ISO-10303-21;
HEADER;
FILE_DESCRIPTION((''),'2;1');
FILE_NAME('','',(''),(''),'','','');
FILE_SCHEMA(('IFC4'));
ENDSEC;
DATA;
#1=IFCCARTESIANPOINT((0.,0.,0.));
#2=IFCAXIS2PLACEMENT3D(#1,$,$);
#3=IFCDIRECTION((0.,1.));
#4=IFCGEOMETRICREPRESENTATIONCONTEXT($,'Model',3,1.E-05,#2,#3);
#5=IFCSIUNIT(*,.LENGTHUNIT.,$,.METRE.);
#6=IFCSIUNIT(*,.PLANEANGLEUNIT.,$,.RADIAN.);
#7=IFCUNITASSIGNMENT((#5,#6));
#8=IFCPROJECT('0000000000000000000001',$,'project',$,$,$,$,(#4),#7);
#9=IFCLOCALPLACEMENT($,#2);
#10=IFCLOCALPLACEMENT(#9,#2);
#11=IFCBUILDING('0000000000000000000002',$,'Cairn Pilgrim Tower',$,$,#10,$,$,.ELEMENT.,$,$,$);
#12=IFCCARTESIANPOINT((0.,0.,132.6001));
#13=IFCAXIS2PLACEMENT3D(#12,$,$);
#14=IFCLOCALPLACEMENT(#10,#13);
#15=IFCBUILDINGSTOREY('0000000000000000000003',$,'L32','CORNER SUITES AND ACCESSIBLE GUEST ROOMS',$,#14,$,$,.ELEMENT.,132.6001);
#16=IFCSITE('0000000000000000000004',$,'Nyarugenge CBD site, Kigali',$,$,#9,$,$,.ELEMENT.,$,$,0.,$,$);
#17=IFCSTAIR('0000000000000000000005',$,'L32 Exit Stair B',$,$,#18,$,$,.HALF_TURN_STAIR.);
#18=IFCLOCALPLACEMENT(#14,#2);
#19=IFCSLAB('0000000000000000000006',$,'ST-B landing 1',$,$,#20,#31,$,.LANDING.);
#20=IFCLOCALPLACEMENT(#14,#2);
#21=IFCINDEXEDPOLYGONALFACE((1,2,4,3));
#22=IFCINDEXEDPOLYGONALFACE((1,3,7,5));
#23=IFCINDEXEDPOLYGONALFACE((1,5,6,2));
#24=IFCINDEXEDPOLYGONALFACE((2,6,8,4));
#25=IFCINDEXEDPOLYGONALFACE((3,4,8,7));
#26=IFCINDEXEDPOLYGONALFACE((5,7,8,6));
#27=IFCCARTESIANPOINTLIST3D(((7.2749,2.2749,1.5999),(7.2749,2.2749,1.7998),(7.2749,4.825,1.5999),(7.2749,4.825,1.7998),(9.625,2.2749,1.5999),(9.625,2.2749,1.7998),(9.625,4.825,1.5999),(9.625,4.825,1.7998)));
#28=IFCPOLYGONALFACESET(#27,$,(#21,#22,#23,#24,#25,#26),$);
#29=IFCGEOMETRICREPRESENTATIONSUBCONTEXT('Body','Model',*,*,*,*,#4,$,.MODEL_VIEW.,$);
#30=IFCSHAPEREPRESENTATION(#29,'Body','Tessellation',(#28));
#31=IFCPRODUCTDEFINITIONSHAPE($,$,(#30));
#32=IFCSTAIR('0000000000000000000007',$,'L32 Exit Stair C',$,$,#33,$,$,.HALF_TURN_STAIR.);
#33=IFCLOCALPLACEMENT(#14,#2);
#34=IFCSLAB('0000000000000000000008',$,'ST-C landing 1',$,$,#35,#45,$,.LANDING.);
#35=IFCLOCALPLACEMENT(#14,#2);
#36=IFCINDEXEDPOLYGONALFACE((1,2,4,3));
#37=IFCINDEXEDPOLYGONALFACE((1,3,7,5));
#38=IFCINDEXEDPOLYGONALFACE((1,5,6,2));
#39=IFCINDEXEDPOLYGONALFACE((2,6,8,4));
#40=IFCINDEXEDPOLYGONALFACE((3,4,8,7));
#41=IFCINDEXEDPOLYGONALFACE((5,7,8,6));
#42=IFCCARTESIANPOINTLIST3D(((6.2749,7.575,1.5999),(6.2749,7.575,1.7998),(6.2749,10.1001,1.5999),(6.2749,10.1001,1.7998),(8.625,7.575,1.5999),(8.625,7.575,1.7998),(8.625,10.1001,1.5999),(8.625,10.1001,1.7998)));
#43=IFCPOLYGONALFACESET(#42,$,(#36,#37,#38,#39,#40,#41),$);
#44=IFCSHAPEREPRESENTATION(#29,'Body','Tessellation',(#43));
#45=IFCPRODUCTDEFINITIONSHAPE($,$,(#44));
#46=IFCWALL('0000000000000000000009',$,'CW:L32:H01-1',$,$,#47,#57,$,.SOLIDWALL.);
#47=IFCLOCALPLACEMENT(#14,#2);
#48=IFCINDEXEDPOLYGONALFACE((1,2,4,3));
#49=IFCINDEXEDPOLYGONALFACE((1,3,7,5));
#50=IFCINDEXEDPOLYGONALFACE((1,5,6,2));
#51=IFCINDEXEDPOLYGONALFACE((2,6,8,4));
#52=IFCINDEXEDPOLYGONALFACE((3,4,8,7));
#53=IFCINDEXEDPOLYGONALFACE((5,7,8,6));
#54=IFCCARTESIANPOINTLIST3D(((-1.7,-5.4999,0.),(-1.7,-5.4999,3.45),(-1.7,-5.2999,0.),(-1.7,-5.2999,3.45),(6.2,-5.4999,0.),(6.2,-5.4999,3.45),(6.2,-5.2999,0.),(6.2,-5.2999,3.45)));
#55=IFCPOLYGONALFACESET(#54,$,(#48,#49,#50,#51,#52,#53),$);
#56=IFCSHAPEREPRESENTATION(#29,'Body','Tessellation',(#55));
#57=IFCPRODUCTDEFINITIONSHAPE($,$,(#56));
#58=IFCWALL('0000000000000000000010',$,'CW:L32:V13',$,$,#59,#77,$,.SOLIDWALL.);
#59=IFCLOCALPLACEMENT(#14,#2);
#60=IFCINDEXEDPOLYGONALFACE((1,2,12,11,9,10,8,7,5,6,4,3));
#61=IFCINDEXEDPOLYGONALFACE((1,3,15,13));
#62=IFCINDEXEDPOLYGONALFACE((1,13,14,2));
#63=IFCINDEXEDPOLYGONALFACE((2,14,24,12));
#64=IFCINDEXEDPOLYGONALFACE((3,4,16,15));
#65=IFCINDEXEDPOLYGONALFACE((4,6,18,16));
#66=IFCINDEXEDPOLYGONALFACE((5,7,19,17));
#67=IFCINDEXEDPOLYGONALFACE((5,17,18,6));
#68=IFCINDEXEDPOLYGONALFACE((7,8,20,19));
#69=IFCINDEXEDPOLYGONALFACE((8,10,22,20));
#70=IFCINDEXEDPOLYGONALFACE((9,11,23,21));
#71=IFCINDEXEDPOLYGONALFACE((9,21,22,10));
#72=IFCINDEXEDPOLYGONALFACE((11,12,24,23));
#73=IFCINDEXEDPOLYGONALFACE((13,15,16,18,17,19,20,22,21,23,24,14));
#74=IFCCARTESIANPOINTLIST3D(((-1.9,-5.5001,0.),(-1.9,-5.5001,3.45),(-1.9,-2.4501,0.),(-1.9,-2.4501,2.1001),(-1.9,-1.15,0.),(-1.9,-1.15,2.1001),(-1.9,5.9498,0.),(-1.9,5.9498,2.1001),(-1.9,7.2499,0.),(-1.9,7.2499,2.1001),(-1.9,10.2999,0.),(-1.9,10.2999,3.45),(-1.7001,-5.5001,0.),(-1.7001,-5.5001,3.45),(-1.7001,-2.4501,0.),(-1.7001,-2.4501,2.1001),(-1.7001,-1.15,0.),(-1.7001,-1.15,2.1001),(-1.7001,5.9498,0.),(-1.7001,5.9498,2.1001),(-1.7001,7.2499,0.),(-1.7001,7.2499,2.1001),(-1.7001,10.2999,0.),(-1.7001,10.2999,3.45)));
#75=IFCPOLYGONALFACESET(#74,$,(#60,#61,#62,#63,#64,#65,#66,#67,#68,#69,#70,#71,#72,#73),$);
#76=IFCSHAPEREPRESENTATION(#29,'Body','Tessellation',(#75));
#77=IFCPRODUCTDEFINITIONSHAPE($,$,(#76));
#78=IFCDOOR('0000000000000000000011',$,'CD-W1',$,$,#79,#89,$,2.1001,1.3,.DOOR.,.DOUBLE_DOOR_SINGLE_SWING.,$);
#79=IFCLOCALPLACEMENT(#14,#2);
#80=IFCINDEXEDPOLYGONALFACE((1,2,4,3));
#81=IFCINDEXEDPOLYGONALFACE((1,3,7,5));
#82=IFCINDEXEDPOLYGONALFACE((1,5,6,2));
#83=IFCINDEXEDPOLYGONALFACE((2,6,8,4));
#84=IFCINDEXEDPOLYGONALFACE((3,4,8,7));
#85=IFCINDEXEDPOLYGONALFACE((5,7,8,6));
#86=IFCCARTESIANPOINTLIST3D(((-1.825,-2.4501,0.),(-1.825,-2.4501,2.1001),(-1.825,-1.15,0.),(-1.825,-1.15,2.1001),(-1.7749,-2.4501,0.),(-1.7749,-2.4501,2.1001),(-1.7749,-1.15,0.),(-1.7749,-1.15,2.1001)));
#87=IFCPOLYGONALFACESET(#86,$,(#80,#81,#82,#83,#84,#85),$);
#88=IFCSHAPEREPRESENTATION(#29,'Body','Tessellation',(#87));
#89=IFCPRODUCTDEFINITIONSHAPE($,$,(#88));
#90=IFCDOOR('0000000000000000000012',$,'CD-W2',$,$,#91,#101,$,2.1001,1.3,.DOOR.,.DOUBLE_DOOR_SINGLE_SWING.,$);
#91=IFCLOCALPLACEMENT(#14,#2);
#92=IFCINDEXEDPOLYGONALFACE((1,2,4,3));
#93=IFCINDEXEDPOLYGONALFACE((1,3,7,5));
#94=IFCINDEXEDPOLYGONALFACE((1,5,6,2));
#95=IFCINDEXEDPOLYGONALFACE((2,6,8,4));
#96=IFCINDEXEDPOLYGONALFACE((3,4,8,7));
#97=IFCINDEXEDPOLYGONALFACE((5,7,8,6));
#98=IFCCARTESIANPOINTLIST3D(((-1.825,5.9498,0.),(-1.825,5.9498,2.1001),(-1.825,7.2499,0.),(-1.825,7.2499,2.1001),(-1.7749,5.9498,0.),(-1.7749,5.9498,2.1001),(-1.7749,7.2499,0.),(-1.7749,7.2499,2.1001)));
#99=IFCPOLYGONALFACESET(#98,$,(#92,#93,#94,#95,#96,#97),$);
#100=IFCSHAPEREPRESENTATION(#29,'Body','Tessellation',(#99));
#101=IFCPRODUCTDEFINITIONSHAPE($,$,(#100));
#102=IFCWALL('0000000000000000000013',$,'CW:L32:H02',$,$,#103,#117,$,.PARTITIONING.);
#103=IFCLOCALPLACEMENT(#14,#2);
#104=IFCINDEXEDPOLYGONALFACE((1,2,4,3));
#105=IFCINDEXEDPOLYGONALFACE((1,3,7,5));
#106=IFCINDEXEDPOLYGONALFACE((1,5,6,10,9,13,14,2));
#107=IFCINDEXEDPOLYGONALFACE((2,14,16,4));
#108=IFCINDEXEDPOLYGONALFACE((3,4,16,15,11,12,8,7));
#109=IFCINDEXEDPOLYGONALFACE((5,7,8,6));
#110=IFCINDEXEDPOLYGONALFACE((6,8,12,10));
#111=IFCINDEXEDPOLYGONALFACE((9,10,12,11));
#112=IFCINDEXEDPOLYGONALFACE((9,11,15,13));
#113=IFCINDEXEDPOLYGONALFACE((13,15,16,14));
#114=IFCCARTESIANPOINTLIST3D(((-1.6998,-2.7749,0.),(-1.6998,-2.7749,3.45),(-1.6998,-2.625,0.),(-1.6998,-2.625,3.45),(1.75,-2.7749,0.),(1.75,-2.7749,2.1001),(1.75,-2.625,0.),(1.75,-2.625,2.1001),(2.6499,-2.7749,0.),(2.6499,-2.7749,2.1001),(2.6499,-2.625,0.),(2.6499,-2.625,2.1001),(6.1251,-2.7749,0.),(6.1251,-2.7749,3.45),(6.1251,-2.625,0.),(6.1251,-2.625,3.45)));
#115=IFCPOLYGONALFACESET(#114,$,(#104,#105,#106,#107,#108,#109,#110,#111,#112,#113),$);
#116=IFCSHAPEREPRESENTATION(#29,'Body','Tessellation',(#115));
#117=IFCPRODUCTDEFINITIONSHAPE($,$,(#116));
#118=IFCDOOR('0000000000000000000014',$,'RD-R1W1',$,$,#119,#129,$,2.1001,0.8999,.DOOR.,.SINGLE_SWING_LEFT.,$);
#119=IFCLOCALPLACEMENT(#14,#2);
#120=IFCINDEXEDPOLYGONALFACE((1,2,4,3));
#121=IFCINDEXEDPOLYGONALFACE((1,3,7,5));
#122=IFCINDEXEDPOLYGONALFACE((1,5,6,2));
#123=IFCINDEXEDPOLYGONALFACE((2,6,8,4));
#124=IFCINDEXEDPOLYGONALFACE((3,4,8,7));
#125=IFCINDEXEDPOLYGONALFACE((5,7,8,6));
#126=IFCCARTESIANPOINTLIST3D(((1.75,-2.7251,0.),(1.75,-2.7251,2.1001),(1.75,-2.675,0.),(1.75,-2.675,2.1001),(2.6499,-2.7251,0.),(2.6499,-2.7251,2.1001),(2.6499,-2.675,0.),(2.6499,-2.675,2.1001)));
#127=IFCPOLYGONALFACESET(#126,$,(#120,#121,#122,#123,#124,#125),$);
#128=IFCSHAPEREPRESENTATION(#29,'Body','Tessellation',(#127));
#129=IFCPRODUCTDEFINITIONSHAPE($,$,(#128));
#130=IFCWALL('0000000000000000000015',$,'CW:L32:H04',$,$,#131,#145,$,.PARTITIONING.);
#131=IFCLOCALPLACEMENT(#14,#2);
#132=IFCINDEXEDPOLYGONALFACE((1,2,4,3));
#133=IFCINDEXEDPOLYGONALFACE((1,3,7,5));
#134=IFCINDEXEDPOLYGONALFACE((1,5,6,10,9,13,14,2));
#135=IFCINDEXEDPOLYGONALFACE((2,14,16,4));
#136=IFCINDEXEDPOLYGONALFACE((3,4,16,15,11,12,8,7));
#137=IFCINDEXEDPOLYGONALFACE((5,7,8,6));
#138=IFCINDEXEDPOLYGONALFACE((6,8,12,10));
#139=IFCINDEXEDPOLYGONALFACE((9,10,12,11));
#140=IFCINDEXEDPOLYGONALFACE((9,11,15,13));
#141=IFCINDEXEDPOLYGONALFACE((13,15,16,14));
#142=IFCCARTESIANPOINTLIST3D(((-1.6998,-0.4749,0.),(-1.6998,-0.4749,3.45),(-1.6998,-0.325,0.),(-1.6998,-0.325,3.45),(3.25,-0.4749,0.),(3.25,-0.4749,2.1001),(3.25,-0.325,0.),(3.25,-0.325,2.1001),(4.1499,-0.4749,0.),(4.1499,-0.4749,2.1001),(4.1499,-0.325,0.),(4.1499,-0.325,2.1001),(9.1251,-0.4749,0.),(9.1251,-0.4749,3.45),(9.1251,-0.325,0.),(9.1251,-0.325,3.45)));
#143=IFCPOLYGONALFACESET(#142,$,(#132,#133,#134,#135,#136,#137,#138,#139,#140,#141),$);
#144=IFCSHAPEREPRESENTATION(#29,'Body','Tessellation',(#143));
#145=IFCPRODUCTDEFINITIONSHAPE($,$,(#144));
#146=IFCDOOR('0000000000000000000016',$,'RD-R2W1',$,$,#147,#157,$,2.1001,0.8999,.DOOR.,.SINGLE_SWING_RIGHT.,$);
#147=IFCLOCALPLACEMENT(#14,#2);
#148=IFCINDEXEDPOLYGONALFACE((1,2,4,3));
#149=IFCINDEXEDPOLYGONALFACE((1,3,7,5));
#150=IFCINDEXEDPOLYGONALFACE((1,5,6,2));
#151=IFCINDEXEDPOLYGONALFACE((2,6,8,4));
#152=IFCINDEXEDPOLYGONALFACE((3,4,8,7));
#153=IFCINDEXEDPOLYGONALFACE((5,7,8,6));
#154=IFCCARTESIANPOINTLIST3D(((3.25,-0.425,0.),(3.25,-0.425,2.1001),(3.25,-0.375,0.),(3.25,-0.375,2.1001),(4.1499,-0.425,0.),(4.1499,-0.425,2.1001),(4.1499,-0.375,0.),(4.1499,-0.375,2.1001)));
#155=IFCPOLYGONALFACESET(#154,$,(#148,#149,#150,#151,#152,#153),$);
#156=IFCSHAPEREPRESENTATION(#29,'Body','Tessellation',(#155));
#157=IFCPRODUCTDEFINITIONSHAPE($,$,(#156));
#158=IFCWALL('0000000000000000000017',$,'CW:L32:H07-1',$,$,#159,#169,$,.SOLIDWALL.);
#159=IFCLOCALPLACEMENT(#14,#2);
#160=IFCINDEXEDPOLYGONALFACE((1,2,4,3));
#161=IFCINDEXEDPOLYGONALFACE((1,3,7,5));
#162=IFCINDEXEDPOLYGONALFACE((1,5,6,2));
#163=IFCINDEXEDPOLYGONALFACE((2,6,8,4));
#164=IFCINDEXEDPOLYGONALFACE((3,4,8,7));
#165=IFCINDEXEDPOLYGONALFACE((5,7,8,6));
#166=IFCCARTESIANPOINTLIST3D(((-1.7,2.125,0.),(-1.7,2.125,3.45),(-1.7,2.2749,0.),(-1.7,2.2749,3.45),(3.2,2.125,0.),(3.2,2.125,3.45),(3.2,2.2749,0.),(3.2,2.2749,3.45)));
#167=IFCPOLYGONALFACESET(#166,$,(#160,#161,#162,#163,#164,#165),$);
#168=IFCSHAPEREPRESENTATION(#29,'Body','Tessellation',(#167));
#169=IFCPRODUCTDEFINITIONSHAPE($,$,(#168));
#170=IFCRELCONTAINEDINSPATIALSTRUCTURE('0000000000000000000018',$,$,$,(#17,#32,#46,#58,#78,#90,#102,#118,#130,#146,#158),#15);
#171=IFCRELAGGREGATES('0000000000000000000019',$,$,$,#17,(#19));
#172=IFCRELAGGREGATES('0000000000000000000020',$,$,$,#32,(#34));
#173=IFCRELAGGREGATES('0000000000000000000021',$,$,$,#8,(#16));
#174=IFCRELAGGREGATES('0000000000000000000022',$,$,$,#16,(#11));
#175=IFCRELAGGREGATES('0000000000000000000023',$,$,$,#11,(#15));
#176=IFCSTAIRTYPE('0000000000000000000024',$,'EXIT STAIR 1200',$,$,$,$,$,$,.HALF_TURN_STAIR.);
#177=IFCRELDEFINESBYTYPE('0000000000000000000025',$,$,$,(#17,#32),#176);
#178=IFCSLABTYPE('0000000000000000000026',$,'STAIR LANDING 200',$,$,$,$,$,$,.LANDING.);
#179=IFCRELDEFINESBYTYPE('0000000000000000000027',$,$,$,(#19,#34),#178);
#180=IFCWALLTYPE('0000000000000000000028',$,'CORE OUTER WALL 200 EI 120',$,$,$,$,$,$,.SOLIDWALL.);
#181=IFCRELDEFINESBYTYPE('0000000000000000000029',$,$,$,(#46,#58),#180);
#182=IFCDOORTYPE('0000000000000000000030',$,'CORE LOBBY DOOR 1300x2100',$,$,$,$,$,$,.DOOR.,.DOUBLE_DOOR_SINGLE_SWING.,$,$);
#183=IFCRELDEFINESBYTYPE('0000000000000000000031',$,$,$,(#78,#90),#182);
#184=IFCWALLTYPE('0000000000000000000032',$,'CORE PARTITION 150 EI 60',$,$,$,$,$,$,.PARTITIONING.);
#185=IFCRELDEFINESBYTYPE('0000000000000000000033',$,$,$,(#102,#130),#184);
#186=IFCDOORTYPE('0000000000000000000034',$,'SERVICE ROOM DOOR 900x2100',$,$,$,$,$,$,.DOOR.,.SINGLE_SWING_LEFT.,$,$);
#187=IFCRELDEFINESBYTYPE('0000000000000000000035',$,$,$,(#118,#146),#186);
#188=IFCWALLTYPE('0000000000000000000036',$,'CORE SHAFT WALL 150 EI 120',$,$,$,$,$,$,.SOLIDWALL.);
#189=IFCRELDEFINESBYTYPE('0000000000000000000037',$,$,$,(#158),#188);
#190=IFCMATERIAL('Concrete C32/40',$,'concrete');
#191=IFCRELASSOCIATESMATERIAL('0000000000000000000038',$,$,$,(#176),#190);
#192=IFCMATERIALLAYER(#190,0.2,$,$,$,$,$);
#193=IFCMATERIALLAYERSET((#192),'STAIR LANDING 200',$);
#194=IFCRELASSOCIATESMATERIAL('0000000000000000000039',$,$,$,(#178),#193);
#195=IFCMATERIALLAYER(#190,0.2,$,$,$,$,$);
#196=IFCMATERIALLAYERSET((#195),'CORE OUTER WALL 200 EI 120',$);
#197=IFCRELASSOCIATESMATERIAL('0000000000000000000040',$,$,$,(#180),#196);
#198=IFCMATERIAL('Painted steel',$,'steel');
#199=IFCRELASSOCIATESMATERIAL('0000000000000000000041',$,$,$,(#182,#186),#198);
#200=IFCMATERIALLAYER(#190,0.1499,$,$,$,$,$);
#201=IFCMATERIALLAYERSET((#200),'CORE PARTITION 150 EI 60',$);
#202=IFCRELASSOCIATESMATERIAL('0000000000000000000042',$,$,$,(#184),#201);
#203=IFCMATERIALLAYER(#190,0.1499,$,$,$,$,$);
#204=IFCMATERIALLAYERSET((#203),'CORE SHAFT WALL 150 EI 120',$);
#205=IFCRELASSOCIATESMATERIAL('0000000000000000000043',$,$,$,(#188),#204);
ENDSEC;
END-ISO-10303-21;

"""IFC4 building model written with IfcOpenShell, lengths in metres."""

from ifc_helpers import new_model, si_unit, direction, frame, frame_2d, origin, place, context, subcontext, project, spatial, polyline, rectangle, outline, extrude, material, layer, layer_set, type_object, element, fill, aggregate, save


model = new_model("IFC4")

# Units and contexts
model_context = context("Model", 3, precision=1e-05, world=origin(), true_north=direction((0.0, 1.0)))
body_context = subcontext(model_context, "Body", "Model", "MODEL_VIEW")
ifc_project = project(units=[si_unit("LENGTHUNIT", "METRE"), si_unit("PLANEANGLEUNIT", "RADIAN")], contexts=[model_context])

# Site, building, storey
site_placement = place(None, origin())
site = spatial("IfcSite", under=ifc_project, at=site_placement, Name="Nyarugenge CBD site, Kigali", CompositionType="ELEMENT", RefElevation=0.0)
building_placement = place(site_placement, origin())
building = spatial("IfcBuilding", under=site, at=building_placement, Name="Cairn Pilgrim Tower", CompositionType="ELEMENT")
storey_placement = place(building_placement, frame((0.0, 0.0, 132.6001)))
storey = spatial("IfcBuildingStorey", under=building, at=storey_placement, Name="L32", Description="CORNER SUITES AND ACCESSIBLE GUEST ROOMS", CompositionType="ELEMENT", Elevation=132.6001)

# Stairs, slabs
ifc_material_1 = material(Name="Concrete C32/40", Category="concrete")
stair_type = type_object("IfcStairType", Name="EXIT STAIR 1200", PredefinedType="HALF_TURN_STAIR", material=ifc_material_1)
ifc_layer_1 = layer(ifc_material_1, 0.2)
ifc_layer_set_1 = layer_set([ifc_layer_1], Name="STAIR LANDING 200")
slab_type_1 = type_object("IfcSlabType", Name="STAIR LANDING 200", PredefinedType="LANDING", material=ifc_layer_set_1)
stair_1_placement = place(storey_placement, origin())
stair_1 = element("IfcStair", 1, at=stair_1_placement, inside=storey, type_object=stair_type, Name="L32 Exit Stair B", PredefinedType="HALF_TURN_STAIR")
slab_1_placement = place(storey_placement, frame((0.0, 0.0, 1.5999)))
slab_1 = element("IfcSlab", 2, at=slab_1_placement, type_object=slab_type_1, Name="ST-B landing 1", PredefinedType="LANDING", context=body_context, shape_type="SweptSolid", body=[
    extrude(outline(polyline([(7.2749, 2.2749), (9.625, 2.2749), (9.625, 4.825), (7.2749, 4.825), (7.2749, 2.2749)])), origin(), (0.0, 0.0, 1.0), 0.2),
])
aggregate(stair_1, [slab_1])
stair_2_placement = place(storey_placement, origin())
stair_2 = element("IfcStair", 3, at=stair_2_placement, inside=storey, type_object=stair_type, Name="L32 Exit Stair C", PredefinedType="HALF_TURN_STAIR")
slab_2_placement = place(storey_placement, frame((0.0, 0.0, 1.5999)))
slab_2 = element("IfcSlab", 4, at=slab_2_placement, type_object=slab_type_1, Name="ST-C landing 1", PredefinedType="LANDING", context=body_context, shape_type="SweptSolid", body=[
    extrude(outline(polyline([(8.625, 10.1001), (6.2749, 10.1001), (6.2749, 7.575), (8.625, 7.575), (8.625, 10.1001)])), origin(), (0.0, 0.0, 1.0), 0.2),
])
aggregate(stair_2, [slab_2])

# Wall
ifc_layer_2 = layer(ifc_material_1, 0.2)
ifc_layer_set_2 = layer_set([ifc_layer_2], Name="CORE OUTER WALL 200 EI 120")
wall_type_1 = type_object("IfcWallType", Name="CORE OUTER WALL 200 EI 120", PredefinedType="SOLIDWALL", material=ifc_layer_set_2)
wall_1_placement = place(storey_placement, frame((-1.7, -5.3999, 0.0), z_axis=(0.0, 0.0, 1.0), x_axis=(1.0, 0.0, 0.0)))
element("IfcWall", 5, at=wall_1_placement, inside=storey, type_object=wall_type_1, Name="CW:L32:H01-1", PredefinedType="SOLIDWALL", context=body_context, shape_type="SweptSolid", body=[
    extrude(rectangle(XDim=7.8999, YDim=0.2, at=frame_2d((3.95, 0.0))), origin(), (0.0, 0.0, 1.0), 3.45),
])

# Wall, openings, doors
wall_2_placement = place(storey_placement, frame((-1.8, -5.5, 0.0), z_axis=(0.0, 0.0, 1.0), x_axis=(0.0, 1.0, 0.0)))
wall_2 = element("IfcWall", 6, at=wall_2_placement, inside=storey, type_object=wall_type_1, Name="CW:L32:V13", PredefinedType="SOLIDWALL", context=body_context, shape_type="SweptSolid", body=[
    extrude(rectangle(XDim=15.8, YDim=0.2, at=frame_2d((7.8999, 0.0))), origin(), (0.0, 0.0, 1.0), 3.45),
])
opening_1_placement = place(wall_2_placement, frame((3.05, 0.0, 0.0)))
opening_1 = element("IfcOpeningElement", 7, at=opening_1_placement, cuts=wall_2, PredefinedType="OPENING", context=body_context, shape_type="SweptSolid", body=[
    extrude(rectangle(XDim=1.3, YDim=2.1001, at=frame_2d((0.6499, 1.05))), frame((0.0, 0.1099, 0.0), z_axis=(0.0, -1.0, 0.0), x_axis=(1.0, 0.0, 0.0)), (0.0, 0.0, 1.0), 0.22),
])
opening_2_placement = place(wall_2_placement, frame((11.45, 0.0, 0.0)))
opening_2 = element("IfcOpeningElement", 8, at=opening_2_placement, cuts=wall_2, PredefinedType="OPENING", context=body_context, shape_type="SweptSolid", body=[
    extrude(rectangle(XDim=1.3, YDim=2.1001, at=frame_2d((0.6499, 1.05))), frame((0.0, 0.1099, 0.0), z_axis=(0.0, -1.0, 0.0), x_axis=(1.0, 0.0, 0.0)), (0.0, 0.0, 1.0), 0.22),
])
ifc_material_2 = material(Name="Painted steel", Category="steel")
door_type_1 = type_object("IfcDoorType", Name="CORE LOBBY DOOR 1300x2100", OperationType="DOUBLE_DOOR_SINGLE_SWING", PredefinedType="DOOR", material=ifc_material_2)
door_1_placement = place(opening_1_placement, origin())
door_1 = element("IfcDoor", 9, at=door_1_placement, inside=storey, type_object=door_type_1, Name="CD-W1", OperationType="DOUBLE_DOOR_SINGLE_SWING", OverallHeight=2.1001, OverallWidth=1.3, PredefinedType="DOOR", context=body_context, shape_type="SweptSolid", body=[
    extrude(rectangle(XDim=1.3, YDim=2.1001, at=frame_2d((0.6499, 1.05))), frame((0.0, 0.0249, 0.0), z_axis=(0.0, -1.0, 0.0), x_axis=(1.0, 0.0, 0.0)), (0.0, 0.0, 1.0), 0.05),
])
fill(opening_1, door_1)
door_2_placement = place(opening_2_placement, origin())
door_2 = element("IfcDoor", 10, at=door_2_placement, inside=storey, type_object=door_type_1, Name="CD-W2", OperationType="DOUBLE_DOOR_SINGLE_SWING", OverallHeight=2.1001, OverallWidth=1.3, PredefinedType="DOOR", context=body_context, shape_type="SweptSolid", body=[
    extrude(rectangle(XDim=1.3, YDim=2.1001, at=frame_2d((0.6499, 1.05))), frame((0.0, 0.0249, 0.0), z_axis=(0.0, -1.0, 0.0), x_axis=(1.0, 0.0, 0.0)), (0.0, 0.0, 1.0), 0.05),
])
fill(opening_2, door_2)

# Walls, openings, doors
ifc_layer_3 = layer(ifc_material_1, 0.1499)
ifc_layer_set_3 = layer_set([ifc_layer_3], Name="CORE PARTITION 150 EI 60")
wall_type_2 = type_object("IfcWallType", Name="CORE PARTITION 150 EI 60", PredefinedType="PARTITIONING", material=ifc_layer_set_3)
wall_3_placement = place(storey_placement, frame((-1.7, -2.7, 0.0), z_axis=(0.0, 0.0, 1.0), x_axis=(1.0, 0.0, 0.0)))
wall_3 = element("IfcWall", 11, at=wall_3_placement, inside=storey, type_object=wall_type_2, Name="CW:L32:H02", PredefinedType="PARTITIONING", context=body_context, shape_type="SweptSolid", body=[
    extrude(rectangle(XDim=7.825, YDim=0.1499, at=frame_2d((3.9126, 0.0))), origin(), (0.0, 0.0, 1.0), 3.45),
])
opening_3_placement = place(wall_3_placement, frame((3.45, 0.0, 0.0)))
opening_3 = element("IfcOpeningElement", 12, at=opening_3_placement, cuts=wall_3, PredefinedType="OPENING", context=body_context, shape_type="SweptSolid", body=[
    extrude(rectangle(XDim=0.8999, YDim=2.1001, at=frame_2d((0.45, 1.05))), frame((0.0, 0.085, 0.0), z_axis=(0.0, -1.0, 0.0), x_axis=(1.0, 0.0, 0.0)), (0.0, 0.0, 1.0), 0.1699),
])
door_type_2 = type_object("IfcDoorType", Name="SERVICE ROOM DOOR 900x2100", OperationType="SINGLE_SWING_LEFT", PredefinedType="DOOR", material=ifc_material_2)
door_3_placement = place(opening_3_placement, origin())
door_3 = element("IfcDoor", 13, at=door_3_placement, inside=storey, type_object=door_type_2, Name="RD-R1W1", OperationType="SINGLE_SWING_LEFT", OverallHeight=2.1001, OverallWidth=0.8999, PredefinedType="DOOR", context=body_context, shape_type="SweptSolid", body=[
    extrude(rectangle(XDim=0.8999, YDim=2.1001, at=frame_2d((0.45, 1.05))), frame((0.0, 0.0249, 0.0), z_axis=(0.0, -1.0, 0.0), x_axis=(1.0, 0.0, 0.0)), (0.0, 0.0, 1.0), 0.05),
])
fill(opening_3, door_3)
wall_4_placement = place(storey_placement, frame((-1.7, -0.3999, 0.0), z_axis=(0.0, 0.0, 1.0), x_axis=(1.0, 0.0, 0.0)))
wall_4 = element("IfcWall", 14, at=wall_4_placement, inside=storey, type_object=wall_type_2, Name="CW:L32:H04", PredefinedType="PARTITIONING", context=body_context, shape_type="SweptSolid", body=[
    extrude(rectangle(XDim=10.825, YDim=0.1499, at=frame_2d((5.4126, 0.0))), origin(), (0.0, 0.0, 1.0), 3.45),
])
opening_4_placement = place(wall_4_placement, frame((4.95, 0.0, 0.0)))
opening_4 = element("IfcOpeningElement", 15, at=opening_4_placement, cuts=wall_4, PredefinedType="OPENING", context=body_context, shape_type="SweptSolid", body=[
    extrude(rectangle(XDim=0.8999, YDim=2.1001, at=frame_2d((0.45, 1.05))), frame((0.0, 0.085, 0.0), z_axis=(0.0, -1.0, 0.0), x_axis=(1.0, 0.0, 0.0)), (0.0, 0.0, 1.0), 0.1699),
])
door_4_placement = place(opening_4_placement, origin())
door_4 = element("IfcDoor", 16, at=door_4_placement, inside=storey, type_object=door_type_2, Name="RD-R2W1", OperationType="SINGLE_SWING_RIGHT", OverallHeight=2.1001, OverallWidth=0.8999, PredefinedType="DOOR", context=body_context, shape_type="SweptSolid", body=[
    extrude(rectangle(XDim=0.8999, YDim=2.1001, at=frame_2d((0.45, 1.05))), frame((0.0, 0.0249, 0.0), z_axis=(0.0, -1.0, 0.0), x_axis=(1.0, 0.0, 0.0)), (0.0, 0.0, 1.0), 0.05),
])
fill(opening_4, door_4)

# Wall
ifc_layer_4 = layer(ifc_material_1, 0.1499)
ifc_layer_set_4 = layer_set([ifc_layer_4], Name="CORE SHAFT WALL 150 EI 120")
wall_type_3 = type_object("IfcWallType", Name="CORE SHAFT WALL 150 EI 120", PredefinedType="SOLIDWALL", material=ifc_layer_set_4)
wall_5_placement = place(storey_placement, frame((-1.7, 2.2, 0.0), z_axis=(0.0, 0.0, 1.0), x_axis=(1.0, 0.0, 0.0)))
element("IfcWall", 17, at=wall_5_placement, inside=storey, type_object=wall_type_3, Name="CW:L32:H07-1", PredefinedType="SOLIDWALL", context=body_context, shape_type="SweptSolid", body=[
    extrude(rectangle(XDim=4.8999, YDim=0.1499, at=frame_2d((2.45, 0.0))), origin(), (0.0, 0.0, 1.0), 3.45),
])

save(model, "model.ifc")
